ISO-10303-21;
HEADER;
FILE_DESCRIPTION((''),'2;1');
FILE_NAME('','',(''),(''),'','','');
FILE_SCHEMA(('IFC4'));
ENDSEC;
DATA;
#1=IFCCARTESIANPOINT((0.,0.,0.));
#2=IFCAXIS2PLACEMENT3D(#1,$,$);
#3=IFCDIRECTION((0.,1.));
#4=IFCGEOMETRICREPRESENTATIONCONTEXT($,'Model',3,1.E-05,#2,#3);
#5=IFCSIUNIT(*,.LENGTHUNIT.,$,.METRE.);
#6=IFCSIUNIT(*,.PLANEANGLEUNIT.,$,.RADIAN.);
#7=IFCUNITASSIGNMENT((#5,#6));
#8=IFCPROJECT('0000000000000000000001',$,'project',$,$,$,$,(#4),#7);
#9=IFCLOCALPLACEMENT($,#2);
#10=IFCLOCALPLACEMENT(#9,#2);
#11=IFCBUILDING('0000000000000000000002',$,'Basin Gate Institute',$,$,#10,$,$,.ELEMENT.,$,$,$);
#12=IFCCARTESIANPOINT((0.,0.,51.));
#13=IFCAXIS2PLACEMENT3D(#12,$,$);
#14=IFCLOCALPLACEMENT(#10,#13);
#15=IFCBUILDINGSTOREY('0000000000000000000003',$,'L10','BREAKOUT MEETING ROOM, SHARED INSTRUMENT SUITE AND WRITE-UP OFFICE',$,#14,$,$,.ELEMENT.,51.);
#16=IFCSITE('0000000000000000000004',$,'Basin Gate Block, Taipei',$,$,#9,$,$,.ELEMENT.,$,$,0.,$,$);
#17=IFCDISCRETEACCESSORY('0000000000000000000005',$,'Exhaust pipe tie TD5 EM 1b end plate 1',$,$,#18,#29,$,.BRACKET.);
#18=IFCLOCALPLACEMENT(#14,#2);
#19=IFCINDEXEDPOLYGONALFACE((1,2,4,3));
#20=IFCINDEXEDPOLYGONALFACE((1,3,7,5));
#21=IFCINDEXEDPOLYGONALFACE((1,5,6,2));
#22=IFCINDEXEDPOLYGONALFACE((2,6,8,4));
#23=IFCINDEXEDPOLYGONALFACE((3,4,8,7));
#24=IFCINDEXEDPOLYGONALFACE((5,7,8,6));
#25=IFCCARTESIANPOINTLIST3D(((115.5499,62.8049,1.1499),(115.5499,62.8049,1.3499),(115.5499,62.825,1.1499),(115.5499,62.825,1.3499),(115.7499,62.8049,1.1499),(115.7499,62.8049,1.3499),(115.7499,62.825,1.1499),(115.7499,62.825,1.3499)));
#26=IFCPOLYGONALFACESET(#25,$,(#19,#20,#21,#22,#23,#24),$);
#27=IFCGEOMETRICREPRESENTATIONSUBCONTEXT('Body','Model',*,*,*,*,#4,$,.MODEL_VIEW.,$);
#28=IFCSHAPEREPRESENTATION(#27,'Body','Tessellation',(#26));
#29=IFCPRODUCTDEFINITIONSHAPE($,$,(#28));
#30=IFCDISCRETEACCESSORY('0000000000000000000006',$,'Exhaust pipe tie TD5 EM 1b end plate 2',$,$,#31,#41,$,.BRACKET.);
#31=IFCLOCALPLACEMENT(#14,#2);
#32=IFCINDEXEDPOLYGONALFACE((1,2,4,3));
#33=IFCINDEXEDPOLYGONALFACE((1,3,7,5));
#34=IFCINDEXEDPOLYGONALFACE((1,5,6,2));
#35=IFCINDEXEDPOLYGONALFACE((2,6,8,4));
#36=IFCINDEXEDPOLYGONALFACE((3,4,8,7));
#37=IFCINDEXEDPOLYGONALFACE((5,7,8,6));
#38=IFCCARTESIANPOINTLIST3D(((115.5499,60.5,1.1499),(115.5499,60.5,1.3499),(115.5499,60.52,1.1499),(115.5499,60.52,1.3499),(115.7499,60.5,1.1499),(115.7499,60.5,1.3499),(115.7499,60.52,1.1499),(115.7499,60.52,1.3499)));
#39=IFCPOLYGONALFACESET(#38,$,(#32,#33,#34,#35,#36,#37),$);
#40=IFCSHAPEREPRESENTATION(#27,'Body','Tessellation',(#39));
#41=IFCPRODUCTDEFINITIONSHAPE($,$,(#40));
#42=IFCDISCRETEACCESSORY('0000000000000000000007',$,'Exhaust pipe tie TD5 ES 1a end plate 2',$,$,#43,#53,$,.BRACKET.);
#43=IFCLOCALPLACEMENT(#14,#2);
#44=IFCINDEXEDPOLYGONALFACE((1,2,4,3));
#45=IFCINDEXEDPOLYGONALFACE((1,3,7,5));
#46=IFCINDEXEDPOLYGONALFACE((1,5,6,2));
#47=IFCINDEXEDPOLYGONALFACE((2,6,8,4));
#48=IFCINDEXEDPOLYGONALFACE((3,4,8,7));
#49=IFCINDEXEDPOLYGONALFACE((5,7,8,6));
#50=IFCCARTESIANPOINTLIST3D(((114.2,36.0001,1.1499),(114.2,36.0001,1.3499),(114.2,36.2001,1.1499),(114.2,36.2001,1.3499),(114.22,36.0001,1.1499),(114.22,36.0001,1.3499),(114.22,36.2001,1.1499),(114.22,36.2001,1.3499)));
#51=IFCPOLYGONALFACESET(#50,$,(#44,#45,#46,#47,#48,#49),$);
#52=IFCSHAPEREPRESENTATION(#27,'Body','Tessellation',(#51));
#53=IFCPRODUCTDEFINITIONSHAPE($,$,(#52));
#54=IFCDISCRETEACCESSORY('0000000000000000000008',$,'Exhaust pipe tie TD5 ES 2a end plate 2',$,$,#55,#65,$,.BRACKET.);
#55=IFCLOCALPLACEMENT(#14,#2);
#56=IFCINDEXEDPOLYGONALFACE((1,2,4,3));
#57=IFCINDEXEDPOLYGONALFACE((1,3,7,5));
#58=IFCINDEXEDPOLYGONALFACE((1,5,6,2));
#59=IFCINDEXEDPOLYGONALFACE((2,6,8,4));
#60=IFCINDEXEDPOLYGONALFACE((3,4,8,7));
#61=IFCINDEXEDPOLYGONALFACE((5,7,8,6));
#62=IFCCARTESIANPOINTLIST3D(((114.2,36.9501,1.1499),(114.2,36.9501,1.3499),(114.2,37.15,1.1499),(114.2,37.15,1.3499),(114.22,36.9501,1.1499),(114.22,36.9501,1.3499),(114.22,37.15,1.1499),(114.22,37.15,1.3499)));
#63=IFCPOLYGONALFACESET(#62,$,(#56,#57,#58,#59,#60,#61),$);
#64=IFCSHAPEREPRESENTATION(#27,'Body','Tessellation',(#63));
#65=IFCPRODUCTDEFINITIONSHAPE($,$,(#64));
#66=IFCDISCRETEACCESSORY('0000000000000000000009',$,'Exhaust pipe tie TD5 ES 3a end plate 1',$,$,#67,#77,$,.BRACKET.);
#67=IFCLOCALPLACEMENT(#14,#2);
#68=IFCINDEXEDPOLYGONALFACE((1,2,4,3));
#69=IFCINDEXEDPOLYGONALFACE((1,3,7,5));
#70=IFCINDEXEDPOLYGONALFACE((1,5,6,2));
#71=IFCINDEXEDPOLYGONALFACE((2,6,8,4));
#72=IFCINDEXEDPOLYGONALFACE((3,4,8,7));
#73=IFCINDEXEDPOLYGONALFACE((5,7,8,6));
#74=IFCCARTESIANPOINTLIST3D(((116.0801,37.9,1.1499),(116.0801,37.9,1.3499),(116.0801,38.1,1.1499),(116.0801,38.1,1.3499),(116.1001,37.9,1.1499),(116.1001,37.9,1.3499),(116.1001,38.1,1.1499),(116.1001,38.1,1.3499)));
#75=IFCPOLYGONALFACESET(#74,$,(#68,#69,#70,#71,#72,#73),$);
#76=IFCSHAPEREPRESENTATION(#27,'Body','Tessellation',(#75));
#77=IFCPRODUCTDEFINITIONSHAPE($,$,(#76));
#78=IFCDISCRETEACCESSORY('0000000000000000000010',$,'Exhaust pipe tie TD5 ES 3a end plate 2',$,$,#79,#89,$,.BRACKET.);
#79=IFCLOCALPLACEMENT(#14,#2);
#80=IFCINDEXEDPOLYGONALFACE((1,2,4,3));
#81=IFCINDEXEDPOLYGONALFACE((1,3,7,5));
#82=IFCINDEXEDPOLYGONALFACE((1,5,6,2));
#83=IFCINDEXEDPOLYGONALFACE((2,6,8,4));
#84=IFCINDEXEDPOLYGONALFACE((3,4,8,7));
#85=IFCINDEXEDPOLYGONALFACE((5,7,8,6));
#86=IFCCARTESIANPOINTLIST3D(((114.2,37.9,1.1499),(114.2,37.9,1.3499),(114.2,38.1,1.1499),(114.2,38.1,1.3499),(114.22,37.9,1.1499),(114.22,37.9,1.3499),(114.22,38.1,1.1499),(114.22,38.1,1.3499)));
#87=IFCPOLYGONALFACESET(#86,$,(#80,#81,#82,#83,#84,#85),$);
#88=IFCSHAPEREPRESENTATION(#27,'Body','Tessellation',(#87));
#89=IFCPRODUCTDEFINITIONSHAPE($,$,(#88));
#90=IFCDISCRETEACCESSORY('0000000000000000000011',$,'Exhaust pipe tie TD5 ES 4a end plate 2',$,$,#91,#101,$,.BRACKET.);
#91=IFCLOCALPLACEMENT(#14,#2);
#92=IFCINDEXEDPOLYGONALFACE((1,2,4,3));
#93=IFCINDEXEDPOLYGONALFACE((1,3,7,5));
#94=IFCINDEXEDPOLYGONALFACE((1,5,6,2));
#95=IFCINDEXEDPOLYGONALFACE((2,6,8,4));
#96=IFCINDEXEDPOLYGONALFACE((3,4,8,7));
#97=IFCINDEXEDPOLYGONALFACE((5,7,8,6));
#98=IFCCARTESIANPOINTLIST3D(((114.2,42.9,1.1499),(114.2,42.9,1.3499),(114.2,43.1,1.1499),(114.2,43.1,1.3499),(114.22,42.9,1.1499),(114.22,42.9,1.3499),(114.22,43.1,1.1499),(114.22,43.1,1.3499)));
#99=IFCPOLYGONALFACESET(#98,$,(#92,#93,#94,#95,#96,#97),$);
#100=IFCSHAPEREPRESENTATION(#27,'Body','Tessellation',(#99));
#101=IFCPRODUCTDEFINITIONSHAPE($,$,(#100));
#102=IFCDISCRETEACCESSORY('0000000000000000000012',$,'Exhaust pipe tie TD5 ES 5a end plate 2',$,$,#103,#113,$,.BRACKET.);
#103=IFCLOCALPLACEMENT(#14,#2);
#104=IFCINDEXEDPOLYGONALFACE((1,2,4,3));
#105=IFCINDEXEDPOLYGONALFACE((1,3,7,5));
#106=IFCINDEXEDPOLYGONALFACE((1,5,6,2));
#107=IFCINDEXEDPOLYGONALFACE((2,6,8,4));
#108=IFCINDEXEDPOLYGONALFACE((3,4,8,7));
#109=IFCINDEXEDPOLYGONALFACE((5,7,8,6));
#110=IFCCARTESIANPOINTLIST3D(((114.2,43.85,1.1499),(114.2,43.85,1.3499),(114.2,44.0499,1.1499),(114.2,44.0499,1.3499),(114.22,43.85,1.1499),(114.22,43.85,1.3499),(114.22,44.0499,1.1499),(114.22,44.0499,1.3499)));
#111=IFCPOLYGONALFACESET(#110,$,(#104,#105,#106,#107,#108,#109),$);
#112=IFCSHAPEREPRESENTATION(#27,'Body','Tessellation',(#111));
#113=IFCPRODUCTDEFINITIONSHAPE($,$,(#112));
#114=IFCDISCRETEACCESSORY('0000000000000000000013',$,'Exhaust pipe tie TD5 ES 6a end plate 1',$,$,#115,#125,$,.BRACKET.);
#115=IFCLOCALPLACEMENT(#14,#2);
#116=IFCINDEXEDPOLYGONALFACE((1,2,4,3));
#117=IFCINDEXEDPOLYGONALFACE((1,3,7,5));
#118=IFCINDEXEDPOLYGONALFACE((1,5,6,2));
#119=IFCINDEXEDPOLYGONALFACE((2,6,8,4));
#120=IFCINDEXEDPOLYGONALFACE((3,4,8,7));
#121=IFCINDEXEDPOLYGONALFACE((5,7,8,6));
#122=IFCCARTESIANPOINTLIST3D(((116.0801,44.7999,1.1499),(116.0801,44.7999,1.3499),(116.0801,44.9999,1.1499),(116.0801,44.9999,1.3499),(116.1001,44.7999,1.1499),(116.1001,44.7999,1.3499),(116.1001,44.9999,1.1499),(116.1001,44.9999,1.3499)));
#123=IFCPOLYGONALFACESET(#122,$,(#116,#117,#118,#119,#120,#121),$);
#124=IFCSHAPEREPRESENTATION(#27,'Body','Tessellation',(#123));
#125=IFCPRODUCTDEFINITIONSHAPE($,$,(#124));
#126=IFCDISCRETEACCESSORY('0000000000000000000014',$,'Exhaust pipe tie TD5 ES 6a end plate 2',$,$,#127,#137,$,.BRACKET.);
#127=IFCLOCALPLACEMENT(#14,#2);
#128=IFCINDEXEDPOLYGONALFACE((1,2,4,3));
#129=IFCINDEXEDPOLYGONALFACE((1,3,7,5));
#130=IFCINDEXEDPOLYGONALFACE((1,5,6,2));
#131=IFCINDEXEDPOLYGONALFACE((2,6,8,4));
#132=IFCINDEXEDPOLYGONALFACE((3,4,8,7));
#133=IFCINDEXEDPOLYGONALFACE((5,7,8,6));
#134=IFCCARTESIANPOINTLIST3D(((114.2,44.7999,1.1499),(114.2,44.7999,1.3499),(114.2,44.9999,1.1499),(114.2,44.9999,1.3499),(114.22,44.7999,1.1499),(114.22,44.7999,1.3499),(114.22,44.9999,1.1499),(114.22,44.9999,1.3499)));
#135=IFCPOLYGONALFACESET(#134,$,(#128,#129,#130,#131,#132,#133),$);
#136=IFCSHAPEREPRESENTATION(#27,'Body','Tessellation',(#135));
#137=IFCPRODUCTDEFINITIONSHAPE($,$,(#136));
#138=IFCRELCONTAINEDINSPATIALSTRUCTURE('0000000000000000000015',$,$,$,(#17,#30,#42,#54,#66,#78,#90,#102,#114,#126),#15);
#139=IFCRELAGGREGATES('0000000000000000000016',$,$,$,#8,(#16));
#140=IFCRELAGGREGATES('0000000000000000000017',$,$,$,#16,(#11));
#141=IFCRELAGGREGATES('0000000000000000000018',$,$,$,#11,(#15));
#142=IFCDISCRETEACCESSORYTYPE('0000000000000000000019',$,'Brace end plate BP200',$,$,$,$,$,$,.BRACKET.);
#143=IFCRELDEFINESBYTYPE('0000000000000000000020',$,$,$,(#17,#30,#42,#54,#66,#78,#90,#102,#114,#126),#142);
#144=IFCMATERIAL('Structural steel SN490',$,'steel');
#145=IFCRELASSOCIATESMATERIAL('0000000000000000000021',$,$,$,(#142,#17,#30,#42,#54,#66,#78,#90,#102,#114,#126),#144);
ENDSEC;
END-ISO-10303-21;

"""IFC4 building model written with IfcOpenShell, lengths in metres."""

from ifc_helpers import new_model, si_unit, direction, frame, origin, origin_2d, place, context, subcontext, project, spatial, rectangle, extrude, material, type_object, element, save


model = new_model("IFC4")

# Units and contexts
model_context = context("Model", 3, precision=1e-05, world=origin(), true_north=direction((0.0, 1.0)))
body_context = subcontext(model_context, "Body", "Model", "MODEL_VIEW")
ifc_project = project(units=[si_unit("LENGTHUNIT", "METRE"), si_unit("PLANEANGLEUNIT", "RADIAN")], contexts=[model_context])

# Site, building, storey
site_placement = place(None, origin())
site = spatial("IfcSite", under=ifc_project, at=site_placement, Name="Basin Gate Block, Taipei", CompositionType="ELEMENT", RefElevation=0.0)
building_placement = place(site_placement, origin())
building = spatial("IfcBuilding", under=site, at=building_placement, Name="Basin Gate Institute", CompositionType="ELEMENT")
storey_placement = place(building_placement, frame((0.0, 0.0, 51.0)))
storey = spatial("IfcBuildingStorey", under=building, at=storey_placement, Name="L10", Description="BREAKOUT MEETING ROOM, SHARED INSTRUMENT SUITE AND WRITE-UP OFFICE", CompositionType="ELEMENT", Elevation=51.0)

# Discrete accessories
ifc_material_1 = material(Name="Structural steel SN490", Category="steel")
discrete_accessory_type = type_object("IfcDiscreteAccessoryType", Name="Brace end plate BP200", PredefinedType="BRACKET", material=ifc_material_1)
for number, where, z_axis, x_axis, name in (
    (1, (115.6499, 62.8149, 1.1499), (0.0, 0.0, 1.0), (1.0, 0.0, 0.0), "Exhaust pipe tie TD5 EM 1b end plate 1"),
    (2, (115.6499, 60.51, 1.1499), (0.0, 0.0, 1.0), (1.0, 0.0, 0.0), "Exhaust pipe tie TD5 EM 1b end plate 2"),
):
    element("IfcDiscreteAccessory", number, at=place(storey_placement, frame(where, z_axis=z_axis, x_axis=x_axis)), inside=storey, type_object=discrete_accessory_type, material=ifc_material_1, Name=name, PredefinedType="BRACKET", context=body_context, shape_type="SweptSolid", body=[
        extrude(rectangle(XDim=0.2, YDim=0.02, at=origin_2d()), origin(), (0.0, 0.0, 1.0), 0.2),
    ])
for number, where, z_axis, x_axis, name in (
    (3, (114.21, 36.1001, 1.1499), (0.0, 0.0, 1.0), (1.0, 0.0, 0.0), "Exhaust pipe tie TD5 ES 1a end plate 2"),
    (4, (114.21, 37.05, 1.1499), (0.0, 0.0, 1.0), (1.0, 0.0, 0.0), "Exhaust pipe tie TD5 ES 2a end plate 2"),
    (5, (116.0901, 38.0, 1.1499), (0.0, 0.0, 1.0), (1.0, 0.0, 0.0), "Exhaust pipe tie TD5 ES 3a end plate 1"),
    (6, (114.21, 38.0, 1.1499), (0.0, 0.0, 1.0), (1.0, 0.0, 0.0), "Exhaust pipe tie TD5 ES 3a end plate 2"),
    (7, (114.21, 43.0, 1.1499), (0.0, 0.0, 1.0), (1.0, 0.0, 0.0), "Exhaust pipe tie TD5 ES 4a end plate 2"),
    (8, (114.21, 43.95, 1.1499), (0.0, 0.0, 1.0), (1.0, 0.0, 0.0), "Exhaust pipe tie TD5 ES 5a end plate 2"),
    (9, (116.0901, 44.8999, 1.1499), (0.0, 0.0, 1.0), (1.0, 0.0, 0.0), "Exhaust pipe tie TD5 ES 6a end plate 1"),
    (10, (114.21, 44.8999, 1.1499), (0.0, 0.0, 1.0), (1.0, 0.0, 0.0), "Exhaust pipe tie TD5 ES 6a end plate 2"),
):
    element("IfcDiscreteAccessory", number, at=place(storey_placement, frame(where, z_axis=z_axis, x_axis=x_axis)), inside=storey, type_object=discrete_accessory_type, material=ifc_material_1, Name=name, PredefinedType="BRACKET", context=body_context, shape_type="SweptSolid", body=[
        extrude(rectangle(XDim=0.02, YDim=0.2, at=origin_2d()), origin(), (0.0, 0.0, 1.0), 0.2),
    ])

save(model, "model.ifc")
